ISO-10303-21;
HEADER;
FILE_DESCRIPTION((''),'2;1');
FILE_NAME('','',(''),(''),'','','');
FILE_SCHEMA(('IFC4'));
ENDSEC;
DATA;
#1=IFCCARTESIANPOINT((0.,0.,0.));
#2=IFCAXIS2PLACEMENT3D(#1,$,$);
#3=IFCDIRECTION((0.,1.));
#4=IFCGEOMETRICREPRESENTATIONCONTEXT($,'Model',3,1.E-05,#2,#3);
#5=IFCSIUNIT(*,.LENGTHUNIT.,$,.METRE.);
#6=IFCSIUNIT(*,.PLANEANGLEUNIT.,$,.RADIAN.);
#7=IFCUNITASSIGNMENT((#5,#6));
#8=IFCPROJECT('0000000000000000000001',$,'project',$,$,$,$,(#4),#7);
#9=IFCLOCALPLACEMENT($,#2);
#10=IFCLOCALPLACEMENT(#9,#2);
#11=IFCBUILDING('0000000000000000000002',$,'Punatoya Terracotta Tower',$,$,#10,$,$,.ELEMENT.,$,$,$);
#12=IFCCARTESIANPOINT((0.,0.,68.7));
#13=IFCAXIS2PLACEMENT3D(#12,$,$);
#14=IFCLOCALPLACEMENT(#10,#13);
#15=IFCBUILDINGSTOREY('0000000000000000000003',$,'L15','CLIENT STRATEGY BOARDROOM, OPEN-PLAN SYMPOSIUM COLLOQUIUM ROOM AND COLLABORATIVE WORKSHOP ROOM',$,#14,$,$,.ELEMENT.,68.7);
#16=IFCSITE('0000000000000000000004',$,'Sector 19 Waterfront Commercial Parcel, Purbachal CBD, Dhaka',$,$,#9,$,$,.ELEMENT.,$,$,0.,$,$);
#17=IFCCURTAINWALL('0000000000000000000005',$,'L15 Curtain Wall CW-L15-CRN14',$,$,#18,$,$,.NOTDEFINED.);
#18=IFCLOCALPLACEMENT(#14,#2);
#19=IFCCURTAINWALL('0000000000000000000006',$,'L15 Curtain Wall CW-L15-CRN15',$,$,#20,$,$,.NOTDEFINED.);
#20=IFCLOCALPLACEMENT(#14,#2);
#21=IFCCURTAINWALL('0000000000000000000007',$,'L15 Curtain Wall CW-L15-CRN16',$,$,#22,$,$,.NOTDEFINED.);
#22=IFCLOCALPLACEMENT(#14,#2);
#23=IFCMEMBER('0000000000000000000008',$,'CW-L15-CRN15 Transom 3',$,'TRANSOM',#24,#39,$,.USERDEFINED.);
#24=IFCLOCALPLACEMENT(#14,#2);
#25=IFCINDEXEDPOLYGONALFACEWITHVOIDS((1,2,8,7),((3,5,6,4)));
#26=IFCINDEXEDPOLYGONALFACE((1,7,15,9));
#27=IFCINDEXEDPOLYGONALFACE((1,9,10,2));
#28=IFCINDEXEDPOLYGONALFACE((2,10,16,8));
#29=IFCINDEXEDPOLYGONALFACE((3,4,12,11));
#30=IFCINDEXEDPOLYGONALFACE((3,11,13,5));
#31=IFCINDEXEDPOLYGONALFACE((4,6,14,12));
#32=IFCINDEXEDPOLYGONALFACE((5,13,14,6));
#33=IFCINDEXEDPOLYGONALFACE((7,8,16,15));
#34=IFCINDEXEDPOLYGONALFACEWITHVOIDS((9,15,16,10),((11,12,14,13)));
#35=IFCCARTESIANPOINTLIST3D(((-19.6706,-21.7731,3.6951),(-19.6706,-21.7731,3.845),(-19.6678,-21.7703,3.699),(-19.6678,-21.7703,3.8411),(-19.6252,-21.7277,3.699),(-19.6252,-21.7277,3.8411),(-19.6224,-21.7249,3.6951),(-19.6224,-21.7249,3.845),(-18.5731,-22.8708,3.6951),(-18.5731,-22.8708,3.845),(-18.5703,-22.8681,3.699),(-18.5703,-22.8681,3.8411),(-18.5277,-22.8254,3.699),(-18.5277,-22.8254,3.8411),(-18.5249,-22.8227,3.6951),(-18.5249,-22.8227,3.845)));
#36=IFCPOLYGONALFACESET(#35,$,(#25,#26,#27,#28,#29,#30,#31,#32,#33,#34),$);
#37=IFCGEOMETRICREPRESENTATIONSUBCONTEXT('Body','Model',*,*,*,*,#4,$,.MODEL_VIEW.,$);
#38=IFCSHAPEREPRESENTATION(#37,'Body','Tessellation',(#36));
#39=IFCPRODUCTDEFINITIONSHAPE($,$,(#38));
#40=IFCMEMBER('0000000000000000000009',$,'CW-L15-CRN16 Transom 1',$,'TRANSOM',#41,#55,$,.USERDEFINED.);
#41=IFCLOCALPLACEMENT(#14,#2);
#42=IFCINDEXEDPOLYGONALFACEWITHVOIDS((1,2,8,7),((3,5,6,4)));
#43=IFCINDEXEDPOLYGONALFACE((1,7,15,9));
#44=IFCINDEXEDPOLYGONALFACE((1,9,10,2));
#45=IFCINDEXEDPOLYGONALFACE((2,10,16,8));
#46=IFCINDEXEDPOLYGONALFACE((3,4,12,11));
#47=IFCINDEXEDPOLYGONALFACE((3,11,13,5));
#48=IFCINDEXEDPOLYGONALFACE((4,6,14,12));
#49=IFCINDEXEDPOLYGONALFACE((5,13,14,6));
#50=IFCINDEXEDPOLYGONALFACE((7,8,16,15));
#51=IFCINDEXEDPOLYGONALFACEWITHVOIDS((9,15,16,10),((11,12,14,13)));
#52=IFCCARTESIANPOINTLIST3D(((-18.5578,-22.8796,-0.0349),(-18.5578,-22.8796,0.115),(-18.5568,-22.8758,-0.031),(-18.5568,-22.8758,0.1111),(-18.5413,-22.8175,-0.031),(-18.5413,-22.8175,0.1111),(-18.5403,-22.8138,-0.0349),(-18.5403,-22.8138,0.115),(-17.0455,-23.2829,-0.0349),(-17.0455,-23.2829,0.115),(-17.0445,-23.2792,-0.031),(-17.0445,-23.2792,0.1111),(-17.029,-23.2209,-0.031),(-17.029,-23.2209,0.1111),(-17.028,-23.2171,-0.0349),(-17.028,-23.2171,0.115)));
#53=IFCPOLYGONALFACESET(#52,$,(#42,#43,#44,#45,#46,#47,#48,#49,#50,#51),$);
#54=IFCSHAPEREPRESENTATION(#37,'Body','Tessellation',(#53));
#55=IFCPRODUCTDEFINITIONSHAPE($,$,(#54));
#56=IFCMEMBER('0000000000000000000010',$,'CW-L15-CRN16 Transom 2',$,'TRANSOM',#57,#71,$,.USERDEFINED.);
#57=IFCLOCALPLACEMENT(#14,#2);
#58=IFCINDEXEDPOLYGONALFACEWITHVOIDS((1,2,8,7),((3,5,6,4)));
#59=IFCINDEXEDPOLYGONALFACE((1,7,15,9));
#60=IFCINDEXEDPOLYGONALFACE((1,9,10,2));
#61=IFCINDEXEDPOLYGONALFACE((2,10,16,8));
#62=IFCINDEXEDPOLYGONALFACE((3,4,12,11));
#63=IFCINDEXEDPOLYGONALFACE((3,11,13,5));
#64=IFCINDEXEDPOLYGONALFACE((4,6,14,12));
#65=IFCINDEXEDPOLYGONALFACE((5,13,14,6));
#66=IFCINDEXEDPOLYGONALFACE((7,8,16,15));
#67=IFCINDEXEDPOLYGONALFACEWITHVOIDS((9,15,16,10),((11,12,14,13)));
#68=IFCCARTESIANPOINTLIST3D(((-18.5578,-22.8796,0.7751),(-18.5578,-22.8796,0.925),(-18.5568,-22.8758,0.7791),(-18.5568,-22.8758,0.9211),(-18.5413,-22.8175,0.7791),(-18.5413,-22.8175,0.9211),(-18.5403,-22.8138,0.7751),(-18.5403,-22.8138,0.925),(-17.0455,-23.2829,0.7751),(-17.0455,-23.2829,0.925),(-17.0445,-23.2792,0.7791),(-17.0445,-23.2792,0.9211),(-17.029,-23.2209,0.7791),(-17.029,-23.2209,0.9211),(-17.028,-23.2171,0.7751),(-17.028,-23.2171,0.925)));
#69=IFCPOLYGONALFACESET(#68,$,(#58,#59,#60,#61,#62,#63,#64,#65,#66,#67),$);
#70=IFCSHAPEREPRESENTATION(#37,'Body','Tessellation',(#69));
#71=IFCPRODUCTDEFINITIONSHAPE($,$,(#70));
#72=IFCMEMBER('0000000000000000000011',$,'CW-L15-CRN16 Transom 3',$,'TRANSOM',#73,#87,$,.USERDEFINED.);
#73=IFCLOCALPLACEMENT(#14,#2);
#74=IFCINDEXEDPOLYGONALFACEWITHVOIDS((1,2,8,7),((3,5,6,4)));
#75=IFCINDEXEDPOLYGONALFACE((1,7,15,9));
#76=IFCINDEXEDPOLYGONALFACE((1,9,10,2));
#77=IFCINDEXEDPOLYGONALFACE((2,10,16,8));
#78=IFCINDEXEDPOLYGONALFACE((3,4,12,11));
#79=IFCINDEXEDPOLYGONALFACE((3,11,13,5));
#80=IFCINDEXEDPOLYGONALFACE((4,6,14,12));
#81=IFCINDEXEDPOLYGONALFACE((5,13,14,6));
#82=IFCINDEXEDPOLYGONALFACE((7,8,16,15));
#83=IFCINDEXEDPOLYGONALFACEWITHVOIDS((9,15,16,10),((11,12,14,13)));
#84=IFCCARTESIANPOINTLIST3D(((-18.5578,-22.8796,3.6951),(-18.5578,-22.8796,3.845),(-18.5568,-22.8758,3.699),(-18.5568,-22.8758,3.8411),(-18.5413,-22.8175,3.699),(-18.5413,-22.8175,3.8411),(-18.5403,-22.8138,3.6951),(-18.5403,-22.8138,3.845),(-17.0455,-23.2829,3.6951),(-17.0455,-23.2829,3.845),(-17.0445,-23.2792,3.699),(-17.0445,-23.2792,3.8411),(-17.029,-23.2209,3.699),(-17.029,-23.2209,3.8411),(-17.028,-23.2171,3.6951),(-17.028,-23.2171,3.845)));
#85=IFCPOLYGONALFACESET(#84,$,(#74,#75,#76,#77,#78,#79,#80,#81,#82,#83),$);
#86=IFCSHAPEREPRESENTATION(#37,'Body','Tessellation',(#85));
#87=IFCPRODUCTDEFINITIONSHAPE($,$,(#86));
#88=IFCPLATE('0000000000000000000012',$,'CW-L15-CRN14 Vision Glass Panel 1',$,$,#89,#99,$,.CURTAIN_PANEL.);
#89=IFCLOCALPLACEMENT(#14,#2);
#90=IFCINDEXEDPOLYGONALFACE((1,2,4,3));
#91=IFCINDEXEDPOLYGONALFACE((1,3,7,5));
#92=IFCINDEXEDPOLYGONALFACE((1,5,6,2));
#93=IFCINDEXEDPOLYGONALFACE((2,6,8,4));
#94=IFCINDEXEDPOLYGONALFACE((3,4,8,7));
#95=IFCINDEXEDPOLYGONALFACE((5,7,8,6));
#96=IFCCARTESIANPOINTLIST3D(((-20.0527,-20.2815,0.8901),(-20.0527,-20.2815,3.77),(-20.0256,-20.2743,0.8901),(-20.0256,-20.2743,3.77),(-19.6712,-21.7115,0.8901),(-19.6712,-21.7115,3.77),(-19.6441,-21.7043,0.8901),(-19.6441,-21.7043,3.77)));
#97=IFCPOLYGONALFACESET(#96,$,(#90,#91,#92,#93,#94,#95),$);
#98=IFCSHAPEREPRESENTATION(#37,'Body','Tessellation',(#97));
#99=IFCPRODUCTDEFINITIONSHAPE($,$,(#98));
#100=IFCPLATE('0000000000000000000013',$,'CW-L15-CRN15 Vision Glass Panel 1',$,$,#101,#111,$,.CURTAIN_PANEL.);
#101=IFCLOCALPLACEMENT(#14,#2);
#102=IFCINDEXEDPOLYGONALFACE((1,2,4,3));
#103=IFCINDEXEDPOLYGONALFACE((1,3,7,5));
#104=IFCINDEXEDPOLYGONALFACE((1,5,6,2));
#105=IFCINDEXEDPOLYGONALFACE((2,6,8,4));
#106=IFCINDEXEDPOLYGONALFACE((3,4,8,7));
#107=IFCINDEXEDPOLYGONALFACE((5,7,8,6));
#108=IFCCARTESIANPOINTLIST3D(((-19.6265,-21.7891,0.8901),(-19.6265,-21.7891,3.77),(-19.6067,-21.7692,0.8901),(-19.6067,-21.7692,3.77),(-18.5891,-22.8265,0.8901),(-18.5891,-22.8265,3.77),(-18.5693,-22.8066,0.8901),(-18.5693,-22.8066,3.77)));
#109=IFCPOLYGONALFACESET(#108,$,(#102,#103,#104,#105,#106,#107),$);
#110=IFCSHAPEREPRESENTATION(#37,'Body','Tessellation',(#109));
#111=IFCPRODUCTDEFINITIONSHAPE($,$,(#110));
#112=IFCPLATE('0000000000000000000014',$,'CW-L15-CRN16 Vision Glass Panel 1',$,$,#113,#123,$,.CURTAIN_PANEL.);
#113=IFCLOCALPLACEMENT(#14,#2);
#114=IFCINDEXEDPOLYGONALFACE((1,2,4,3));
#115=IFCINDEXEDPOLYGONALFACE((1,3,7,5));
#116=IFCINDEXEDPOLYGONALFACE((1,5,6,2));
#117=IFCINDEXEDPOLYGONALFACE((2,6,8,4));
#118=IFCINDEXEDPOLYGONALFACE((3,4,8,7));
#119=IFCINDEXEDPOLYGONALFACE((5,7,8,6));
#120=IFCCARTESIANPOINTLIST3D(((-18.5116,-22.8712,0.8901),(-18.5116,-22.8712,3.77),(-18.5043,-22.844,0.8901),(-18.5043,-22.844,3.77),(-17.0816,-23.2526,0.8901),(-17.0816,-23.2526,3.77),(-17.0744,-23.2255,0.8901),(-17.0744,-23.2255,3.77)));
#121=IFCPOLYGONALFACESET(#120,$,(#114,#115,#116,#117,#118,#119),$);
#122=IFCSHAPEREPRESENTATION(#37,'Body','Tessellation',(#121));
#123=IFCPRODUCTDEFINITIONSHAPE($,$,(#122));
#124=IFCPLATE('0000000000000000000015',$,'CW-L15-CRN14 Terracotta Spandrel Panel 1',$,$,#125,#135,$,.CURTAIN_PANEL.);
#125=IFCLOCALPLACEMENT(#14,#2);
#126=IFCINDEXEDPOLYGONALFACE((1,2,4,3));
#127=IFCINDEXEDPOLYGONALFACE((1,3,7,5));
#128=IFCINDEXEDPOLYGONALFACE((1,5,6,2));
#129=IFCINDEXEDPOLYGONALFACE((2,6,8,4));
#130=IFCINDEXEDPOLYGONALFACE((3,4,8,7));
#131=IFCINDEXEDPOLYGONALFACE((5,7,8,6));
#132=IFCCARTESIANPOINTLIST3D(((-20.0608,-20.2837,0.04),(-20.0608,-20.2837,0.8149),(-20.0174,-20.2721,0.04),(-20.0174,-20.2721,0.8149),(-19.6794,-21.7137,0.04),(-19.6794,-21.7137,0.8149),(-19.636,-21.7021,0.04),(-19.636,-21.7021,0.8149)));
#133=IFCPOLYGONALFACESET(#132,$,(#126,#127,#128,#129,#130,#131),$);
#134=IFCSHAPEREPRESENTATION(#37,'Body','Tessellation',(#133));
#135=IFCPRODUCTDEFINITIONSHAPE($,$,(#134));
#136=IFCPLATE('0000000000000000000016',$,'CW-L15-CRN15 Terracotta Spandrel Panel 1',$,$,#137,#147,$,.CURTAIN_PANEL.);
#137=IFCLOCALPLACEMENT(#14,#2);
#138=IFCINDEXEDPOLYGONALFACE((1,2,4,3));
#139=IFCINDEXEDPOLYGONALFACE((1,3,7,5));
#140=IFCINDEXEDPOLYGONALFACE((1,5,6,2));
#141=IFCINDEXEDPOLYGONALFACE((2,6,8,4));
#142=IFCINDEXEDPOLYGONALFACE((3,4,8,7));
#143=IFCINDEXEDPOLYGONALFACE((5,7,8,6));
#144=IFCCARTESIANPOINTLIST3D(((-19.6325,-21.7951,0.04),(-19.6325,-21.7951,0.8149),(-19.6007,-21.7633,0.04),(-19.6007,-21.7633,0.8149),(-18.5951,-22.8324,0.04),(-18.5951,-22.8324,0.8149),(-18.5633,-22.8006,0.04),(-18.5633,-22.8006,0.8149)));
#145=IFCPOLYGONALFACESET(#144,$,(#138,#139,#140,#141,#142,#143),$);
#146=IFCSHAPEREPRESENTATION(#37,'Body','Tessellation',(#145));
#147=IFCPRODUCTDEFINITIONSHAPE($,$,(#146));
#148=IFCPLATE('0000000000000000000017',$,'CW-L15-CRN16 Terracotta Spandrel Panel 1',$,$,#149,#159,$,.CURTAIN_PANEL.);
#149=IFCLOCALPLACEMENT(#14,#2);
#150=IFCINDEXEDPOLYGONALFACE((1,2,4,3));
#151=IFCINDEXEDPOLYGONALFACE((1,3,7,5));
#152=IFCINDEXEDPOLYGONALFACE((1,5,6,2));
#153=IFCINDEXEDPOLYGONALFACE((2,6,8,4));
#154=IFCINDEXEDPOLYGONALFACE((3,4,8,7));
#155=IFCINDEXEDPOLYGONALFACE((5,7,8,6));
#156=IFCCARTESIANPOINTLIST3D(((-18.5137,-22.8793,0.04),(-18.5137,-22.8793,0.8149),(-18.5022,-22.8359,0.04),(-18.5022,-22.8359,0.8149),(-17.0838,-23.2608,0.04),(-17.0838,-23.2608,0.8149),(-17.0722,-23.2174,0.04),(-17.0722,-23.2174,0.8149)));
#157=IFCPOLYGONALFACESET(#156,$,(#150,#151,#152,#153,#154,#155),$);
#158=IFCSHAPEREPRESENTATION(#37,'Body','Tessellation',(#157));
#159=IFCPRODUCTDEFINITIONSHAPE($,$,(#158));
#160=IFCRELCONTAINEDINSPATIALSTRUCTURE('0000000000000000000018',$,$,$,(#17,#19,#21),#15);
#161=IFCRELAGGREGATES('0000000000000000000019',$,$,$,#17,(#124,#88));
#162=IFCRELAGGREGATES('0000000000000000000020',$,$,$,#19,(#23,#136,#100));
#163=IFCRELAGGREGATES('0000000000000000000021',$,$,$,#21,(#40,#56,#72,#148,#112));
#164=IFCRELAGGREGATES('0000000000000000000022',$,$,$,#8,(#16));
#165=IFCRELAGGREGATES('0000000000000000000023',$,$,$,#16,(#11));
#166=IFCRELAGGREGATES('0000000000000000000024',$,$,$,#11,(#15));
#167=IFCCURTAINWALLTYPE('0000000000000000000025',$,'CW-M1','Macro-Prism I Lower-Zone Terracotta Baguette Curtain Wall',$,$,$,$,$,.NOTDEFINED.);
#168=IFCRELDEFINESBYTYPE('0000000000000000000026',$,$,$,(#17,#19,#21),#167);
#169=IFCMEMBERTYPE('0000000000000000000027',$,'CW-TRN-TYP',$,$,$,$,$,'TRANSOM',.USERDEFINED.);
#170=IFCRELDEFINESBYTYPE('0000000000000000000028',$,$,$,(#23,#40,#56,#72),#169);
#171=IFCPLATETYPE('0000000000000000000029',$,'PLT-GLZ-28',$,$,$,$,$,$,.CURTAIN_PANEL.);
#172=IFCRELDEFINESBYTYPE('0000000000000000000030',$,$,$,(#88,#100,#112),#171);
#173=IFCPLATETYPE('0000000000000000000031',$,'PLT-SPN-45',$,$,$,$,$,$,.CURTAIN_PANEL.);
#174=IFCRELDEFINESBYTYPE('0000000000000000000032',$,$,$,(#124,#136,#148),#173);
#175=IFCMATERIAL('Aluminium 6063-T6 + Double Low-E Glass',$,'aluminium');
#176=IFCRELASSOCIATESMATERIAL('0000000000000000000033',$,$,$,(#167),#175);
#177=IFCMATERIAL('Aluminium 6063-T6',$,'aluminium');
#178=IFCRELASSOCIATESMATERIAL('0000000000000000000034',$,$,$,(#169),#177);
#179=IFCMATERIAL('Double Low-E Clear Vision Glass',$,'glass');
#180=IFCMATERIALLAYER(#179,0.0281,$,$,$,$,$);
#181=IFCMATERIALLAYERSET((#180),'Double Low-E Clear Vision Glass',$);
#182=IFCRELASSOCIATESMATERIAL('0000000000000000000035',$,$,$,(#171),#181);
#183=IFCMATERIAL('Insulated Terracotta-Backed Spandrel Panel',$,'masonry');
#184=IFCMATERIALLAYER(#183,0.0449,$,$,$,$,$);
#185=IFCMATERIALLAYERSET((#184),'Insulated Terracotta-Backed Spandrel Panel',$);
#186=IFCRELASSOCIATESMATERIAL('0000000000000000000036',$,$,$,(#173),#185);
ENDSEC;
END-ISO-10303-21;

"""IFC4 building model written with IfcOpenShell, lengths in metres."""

from ifc_helpers import new_model, si_unit, direction, frame, origin, origin_2d, place, context, subcontext, project, spatial, rectangle, hollow_rectangle, extrude, material, layer, layer_set, material_profile, profile_set, type_object, element, aggregate, save


model = new_model("IFC4")

# Units and contexts
model_context = context("Model", 3, precision=1e-05, world=origin(), true_north=direction((0.0, 1.0)))
body_context = subcontext(model_context, "Body", "Model", "MODEL_VIEW")
ifc_project = project(units=[si_unit("LENGTHUNIT", "METRE"), si_unit("PLANEANGLEUNIT", "RADIAN")], contexts=[model_context])

# Site, building, storey
site_placement = place(None, origin())
site = spatial("IfcSite", under=ifc_project, at=site_placement, Name="Sector 19 Waterfront Commercial Parcel, Purbachal CBD, Dhaka", CompositionType="ELEMENT", RefElevation=0.0)
building_placement = place(site_placement, origin())
building = spatial("IfcBuilding", under=site, at=building_placement, Name="Punatoya Terracotta Tower", CompositionType="ELEMENT")
storey_placement = place(building_placement, frame((0.0, 0.0, 68.7)))
storey = spatial("IfcBuildingStorey", under=building, at=storey_placement, Name="L15", Description="CLIENT STRATEGY BOARDROOM, OPEN-PLAN SYMPOSIUM COLLOQUIUM ROOM AND COLLABORATIVE WORKSHOP ROOM", CompositionType="ELEMENT", Elevation=68.7)

# Curtain walls
ifc_material_1 = material(Name="Aluminium 6063-T6 + Double Low-E Glass", Category="aluminium")
curtain_wall_type = type_object("IfcCurtainWallType", Name="CW-M1", Description="Macro-Prism I Lower-Zone Terracotta Baguette Curtain Wall", PredefinedType="NOTDEFINED", material=ifc_material_1)
curtain_wall_1_placement = place(storey_placement, origin())
curtain_wall_1 = element("IfcCurtainWall", 1, at=curtain_wall_1_placement, inside=storey, type_object=curtain_wall_type, Name="L15 Curtain Wall CW-L15-CRN14", PredefinedType="NOTDEFINED")
ifc_material_2 = material(Name="Aluminium 6063-T6", Category="aluminium")
curtain_wall_2_placement = place(storey_placement, origin())
curtain_wall_2 = element("IfcCurtainWall", 2, at=curtain_wall_2_placement, inside=storey, type_object=curtain_wall_type, Name="L15 Curtain Wall CW-L15-CRN15", PredefinedType="NOTDEFINED")
curtain_wall_3_placement = place(storey_placement, origin())
curtain_wall_3 = element("IfcCurtainWall", 3, at=curtain_wall_3_placement, inside=storey, type_object=curtain_wall_type, Name="L15 Curtain Wall CW-L15-CRN16", PredefinedType="NOTDEFINED")
ifc_material_profile_1 = material_profile(ifc_material_2, hollow_rectangle(XDim=0.0681, YDim=0.1499, WallThickness=0.0039, at=origin_2d()))
ifc_profile_set_1 = profile_set([ifc_material_profile_1], Name="Aluminium 6063-T6")
member_type_1 = type_object("IfcMemberType", Name="CW-TRN-TYP", ElementType="TRANSOM", PredefinedType="USERDEFINED", material=ifc_profile_set_1)

# Members
member_1_placement = place(storey_placement, frame((-19.6465, -21.749, 3.77), z_axis=(0.707028, -0.707185, 0.0), x_axis=(0.707185, 0.707028, 0.0)))
member_1 = element("IfcMember", 4, at=member_1_placement, type_object=member_type_1, Name="CW-L15-CRN15 Transom 3", ObjectType="TRANSOM", PredefinedType="USERDEFINED", context=body_context, shape_type="SweptSolid", body=[
    extrude(hollow_rectangle(XDim=0.0681, YDim=0.1499, WallThickness=0.0039, at=origin_2d()), origin(), (0.0, 0.0, 1.0), 1.5522),
])
member_2_placement = place(storey_placement, frame((-18.5491, -22.8467, 0.04), z_axis=(0.966225, -0.257701, 0.0), x_axis=(0.257701, 0.966225, 0.0)))
member_2 = element("IfcMember", 5, at=member_2_placement, type_object=member_type_1, Name="CW-L15-CRN16 Transom 1", ObjectType="TRANSOM", PredefinedType="USERDEFINED", context=body_context, shape_type="SweptSolid", body=[
    extrude(hollow_rectangle(XDim=0.0681, YDim=0.1499, WallThickness=0.0039, at=origin_2d()), origin(), (0.0, 0.0, 1.0), 1.5652),
])
member_3_placement = place(storey_placement, frame((-18.5491, -22.8467, 0.8501), z_axis=(0.966225, -0.257701, 0.0), x_axis=(0.257701, 0.966225, 0.0)))
member_3 = element("IfcMember", 6, at=member_3_placement, type_object=member_type_1, Name="CW-L15-CRN16 Transom 2", ObjectType="TRANSOM", PredefinedType="USERDEFINED", context=body_context, shape_type="SweptSolid", body=[
    extrude(hollow_rectangle(XDim=0.0681, YDim=0.1499, WallThickness=0.0039, at=origin_2d()), origin(), (0.0, 0.0, 1.0), 1.5652),
])
member_4_placement = place(storey_placement, frame((-18.5491, -22.8467, 3.77), z_axis=(0.966225, -0.257701, 0.0), x_axis=(0.257701, 0.966225, 0.0)))
member_4 = element("IfcMember", 7, at=member_4_placement, type_object=member_type_1, Name="CW-L15-CRN16 Transom 3", ObjectType="TRANSOM", PredefinedType="USERDEFINED", context=body_context, shape_type="SweptSolid", body=[
    extrude(hollow_rectangle(XDim=0.0681, YDim=0.1499, WallThickness=0.0039, at=origin_2d()), origin(), (0.0, 0.0, 1.0), 1.5652),
])

# Plates
ifc_material_3 = material(Name="Double Low-E Clear Vision Glass", Category="glass")
ifc_layer_1 = layer(ifc_material_3, 0.0281)
ifc_layer_set_1 = layer_set([ifc_layer_1], Name="Double Low-E Clear Vision Glass")
plate_type_1 = type_object("IfcPlateType", Name="PLT-GLZ-28", PredefinedType="CURTAIN_PANEL", material=ifc_layer_set_1)
plate_1_placement = place(storey_placement, frame((-19.8484, -20.9929, 0.8901), z_axis=(0.0, 0.0, 1.0), x_axis=(0.257742, -0.966214, 0.0)))
plate_1 = element("IfcPlate", 8, at=plate_1_placement, type_object=plate_type_1, Name="CW-L15-CRN14 Vision Glass Panel 1", PredefinedType="CURTAIN_PANEL", context=body_context, shape_type="SweptSolid", body=[
    extrude(rectangle(XDim=1.48, YDim=0.0281, at=origin_2d()), origin(), (0.0, 0.0, 1.0), 2.8799),
])
plate_2_placement = place(storey_placement, frame((-19.0979, -22.2979, 0.8901), z_axis=(0.0, 0.0, 1.0), x_axis=(0.707107, -0.707107, 0.0)))
plate_2 = element("IfcPlate", 9, at=plate_2_placement, type_object=plate_type_1, Name="CW-L15-CRN15 Vision Glass Panel 1", PredefinedType="CURTAIN_PANEL", context=body_context, shape_type="SweptSolid", body=[
    extrude(rectangle(XDim=1.467, YDim=0.0281, at=origin_2d()), origin(), (0.0, 0.0, 1.0), 2.8799),
])
plate_3_placement = place(storey_placement, frame((-17.793, -23.0483, 0.8901), z_axis=(0.0, 0.0, 1.0), x_axis=(0.966214, -0.257742, 0.0)))
plate_3 = element("IfcPlate", 10, at=plate_3_placement, type_object=plate_type_1, Name="CW-L15-CRN16 Vision Glass Panel 1", PredefinedType="CURTAIN_PANEL", context=body_context, shape_type="SweptSolid", body=[
    extrude(rectangle(XDim=1.48, YDim=0.0281, at=origin_2d()), origin(), (0.0, 0.0, 1.0), 2.8799),
])
ifc_material_4 = material(Name="Insulated Terracotta-Backed Spandrel Panel", Category="masonry")
ifc_layer_2 = layer(ifc_material_4, 0.0449)
ifc_layer_set_2 = layer_set([ifc_layer_2], Name="Insulated Terracotta-Backed Spandrel Panel")
plate_type_2 = type_object("IfcPlateType", Name="PLT-SPN-45", PredefinedType="CURTAIN_PANEL", material=ifc_layer_set_2)
plate_4_placement = place(storey_placement, frame((-19.8484, -20.9929, 0.04), z_axis=(0.0, 0.0, 1.0), x_axis=(0.257742, -0.966214, 0.0)))
plate_4 = element("IfcPlate", 11, at=plate_4_placement, type_object=plate_type_2, Name="CW-L15-CRN14 Terracotta Spandrel Panel 1", PredefinedType="CURTAIN_PANEL", context=body_context, shape_type="SweptSolid", body=[
    extrude(rectangle(XDim=1.48, YDim=0.0449, at=origin_2d()), origin(), (0.0, 0.0, 1.0), 0.7749),
])
aggregate(curtain_wall_1, [plate_4, plate_1])
plate_5_placement = place(storey_placement, frame((-19.0979, -22.2979, 0.04), z_axis=(0.0, 0.0, 1.0), x_axis=(0.707107, -0.707107, 0.0)))
plate_5 = element("IfcPlate", 12, at=plate_5_placement, type_object=plate_type_2, Name="CW-L15-CRN15 Terracotta Spandrel Panel 1", PredefinedType="CURTAIN_PANEL", context=body_context, shape_type="SweptSolid", body=[
    extrude(rectangle(XDim=1.467, YDim=0.0449, at=origin_2d()), origin(), (0.0, 0.0, 1.0), 0.7749),
])
aggregate(curtain_wall_2, [member_1, plate_5, plate_2])
plate_6_placement = place(storey_placement, frame((-17.793, -23.0483, 0.04), z_axis=(0.0, 0.0, 1.0), x_axis=(0.966214, -0.257742, 0.0)))
plate_6 = element("IfcPlate", 13, at=plate_6_placement, type_object=plate_type_2, Name="CW-L15-CRN16 Terracotta Spandrel Panel 1", PredefinedType="CURTAIN_PANEL", context=body_context, shape_type="SweptSolid", body=[
    extrude(rectangle(XDim=1.48, YDim=0.0449, at=origin_2d()), origin(), (0.0, 0.0, 1.0), 0.7749),
])
aggregate(curtain_wall_3, [member_2, member_3, member_4, plate_6, plate_3])

save(model, "model.ifc")
